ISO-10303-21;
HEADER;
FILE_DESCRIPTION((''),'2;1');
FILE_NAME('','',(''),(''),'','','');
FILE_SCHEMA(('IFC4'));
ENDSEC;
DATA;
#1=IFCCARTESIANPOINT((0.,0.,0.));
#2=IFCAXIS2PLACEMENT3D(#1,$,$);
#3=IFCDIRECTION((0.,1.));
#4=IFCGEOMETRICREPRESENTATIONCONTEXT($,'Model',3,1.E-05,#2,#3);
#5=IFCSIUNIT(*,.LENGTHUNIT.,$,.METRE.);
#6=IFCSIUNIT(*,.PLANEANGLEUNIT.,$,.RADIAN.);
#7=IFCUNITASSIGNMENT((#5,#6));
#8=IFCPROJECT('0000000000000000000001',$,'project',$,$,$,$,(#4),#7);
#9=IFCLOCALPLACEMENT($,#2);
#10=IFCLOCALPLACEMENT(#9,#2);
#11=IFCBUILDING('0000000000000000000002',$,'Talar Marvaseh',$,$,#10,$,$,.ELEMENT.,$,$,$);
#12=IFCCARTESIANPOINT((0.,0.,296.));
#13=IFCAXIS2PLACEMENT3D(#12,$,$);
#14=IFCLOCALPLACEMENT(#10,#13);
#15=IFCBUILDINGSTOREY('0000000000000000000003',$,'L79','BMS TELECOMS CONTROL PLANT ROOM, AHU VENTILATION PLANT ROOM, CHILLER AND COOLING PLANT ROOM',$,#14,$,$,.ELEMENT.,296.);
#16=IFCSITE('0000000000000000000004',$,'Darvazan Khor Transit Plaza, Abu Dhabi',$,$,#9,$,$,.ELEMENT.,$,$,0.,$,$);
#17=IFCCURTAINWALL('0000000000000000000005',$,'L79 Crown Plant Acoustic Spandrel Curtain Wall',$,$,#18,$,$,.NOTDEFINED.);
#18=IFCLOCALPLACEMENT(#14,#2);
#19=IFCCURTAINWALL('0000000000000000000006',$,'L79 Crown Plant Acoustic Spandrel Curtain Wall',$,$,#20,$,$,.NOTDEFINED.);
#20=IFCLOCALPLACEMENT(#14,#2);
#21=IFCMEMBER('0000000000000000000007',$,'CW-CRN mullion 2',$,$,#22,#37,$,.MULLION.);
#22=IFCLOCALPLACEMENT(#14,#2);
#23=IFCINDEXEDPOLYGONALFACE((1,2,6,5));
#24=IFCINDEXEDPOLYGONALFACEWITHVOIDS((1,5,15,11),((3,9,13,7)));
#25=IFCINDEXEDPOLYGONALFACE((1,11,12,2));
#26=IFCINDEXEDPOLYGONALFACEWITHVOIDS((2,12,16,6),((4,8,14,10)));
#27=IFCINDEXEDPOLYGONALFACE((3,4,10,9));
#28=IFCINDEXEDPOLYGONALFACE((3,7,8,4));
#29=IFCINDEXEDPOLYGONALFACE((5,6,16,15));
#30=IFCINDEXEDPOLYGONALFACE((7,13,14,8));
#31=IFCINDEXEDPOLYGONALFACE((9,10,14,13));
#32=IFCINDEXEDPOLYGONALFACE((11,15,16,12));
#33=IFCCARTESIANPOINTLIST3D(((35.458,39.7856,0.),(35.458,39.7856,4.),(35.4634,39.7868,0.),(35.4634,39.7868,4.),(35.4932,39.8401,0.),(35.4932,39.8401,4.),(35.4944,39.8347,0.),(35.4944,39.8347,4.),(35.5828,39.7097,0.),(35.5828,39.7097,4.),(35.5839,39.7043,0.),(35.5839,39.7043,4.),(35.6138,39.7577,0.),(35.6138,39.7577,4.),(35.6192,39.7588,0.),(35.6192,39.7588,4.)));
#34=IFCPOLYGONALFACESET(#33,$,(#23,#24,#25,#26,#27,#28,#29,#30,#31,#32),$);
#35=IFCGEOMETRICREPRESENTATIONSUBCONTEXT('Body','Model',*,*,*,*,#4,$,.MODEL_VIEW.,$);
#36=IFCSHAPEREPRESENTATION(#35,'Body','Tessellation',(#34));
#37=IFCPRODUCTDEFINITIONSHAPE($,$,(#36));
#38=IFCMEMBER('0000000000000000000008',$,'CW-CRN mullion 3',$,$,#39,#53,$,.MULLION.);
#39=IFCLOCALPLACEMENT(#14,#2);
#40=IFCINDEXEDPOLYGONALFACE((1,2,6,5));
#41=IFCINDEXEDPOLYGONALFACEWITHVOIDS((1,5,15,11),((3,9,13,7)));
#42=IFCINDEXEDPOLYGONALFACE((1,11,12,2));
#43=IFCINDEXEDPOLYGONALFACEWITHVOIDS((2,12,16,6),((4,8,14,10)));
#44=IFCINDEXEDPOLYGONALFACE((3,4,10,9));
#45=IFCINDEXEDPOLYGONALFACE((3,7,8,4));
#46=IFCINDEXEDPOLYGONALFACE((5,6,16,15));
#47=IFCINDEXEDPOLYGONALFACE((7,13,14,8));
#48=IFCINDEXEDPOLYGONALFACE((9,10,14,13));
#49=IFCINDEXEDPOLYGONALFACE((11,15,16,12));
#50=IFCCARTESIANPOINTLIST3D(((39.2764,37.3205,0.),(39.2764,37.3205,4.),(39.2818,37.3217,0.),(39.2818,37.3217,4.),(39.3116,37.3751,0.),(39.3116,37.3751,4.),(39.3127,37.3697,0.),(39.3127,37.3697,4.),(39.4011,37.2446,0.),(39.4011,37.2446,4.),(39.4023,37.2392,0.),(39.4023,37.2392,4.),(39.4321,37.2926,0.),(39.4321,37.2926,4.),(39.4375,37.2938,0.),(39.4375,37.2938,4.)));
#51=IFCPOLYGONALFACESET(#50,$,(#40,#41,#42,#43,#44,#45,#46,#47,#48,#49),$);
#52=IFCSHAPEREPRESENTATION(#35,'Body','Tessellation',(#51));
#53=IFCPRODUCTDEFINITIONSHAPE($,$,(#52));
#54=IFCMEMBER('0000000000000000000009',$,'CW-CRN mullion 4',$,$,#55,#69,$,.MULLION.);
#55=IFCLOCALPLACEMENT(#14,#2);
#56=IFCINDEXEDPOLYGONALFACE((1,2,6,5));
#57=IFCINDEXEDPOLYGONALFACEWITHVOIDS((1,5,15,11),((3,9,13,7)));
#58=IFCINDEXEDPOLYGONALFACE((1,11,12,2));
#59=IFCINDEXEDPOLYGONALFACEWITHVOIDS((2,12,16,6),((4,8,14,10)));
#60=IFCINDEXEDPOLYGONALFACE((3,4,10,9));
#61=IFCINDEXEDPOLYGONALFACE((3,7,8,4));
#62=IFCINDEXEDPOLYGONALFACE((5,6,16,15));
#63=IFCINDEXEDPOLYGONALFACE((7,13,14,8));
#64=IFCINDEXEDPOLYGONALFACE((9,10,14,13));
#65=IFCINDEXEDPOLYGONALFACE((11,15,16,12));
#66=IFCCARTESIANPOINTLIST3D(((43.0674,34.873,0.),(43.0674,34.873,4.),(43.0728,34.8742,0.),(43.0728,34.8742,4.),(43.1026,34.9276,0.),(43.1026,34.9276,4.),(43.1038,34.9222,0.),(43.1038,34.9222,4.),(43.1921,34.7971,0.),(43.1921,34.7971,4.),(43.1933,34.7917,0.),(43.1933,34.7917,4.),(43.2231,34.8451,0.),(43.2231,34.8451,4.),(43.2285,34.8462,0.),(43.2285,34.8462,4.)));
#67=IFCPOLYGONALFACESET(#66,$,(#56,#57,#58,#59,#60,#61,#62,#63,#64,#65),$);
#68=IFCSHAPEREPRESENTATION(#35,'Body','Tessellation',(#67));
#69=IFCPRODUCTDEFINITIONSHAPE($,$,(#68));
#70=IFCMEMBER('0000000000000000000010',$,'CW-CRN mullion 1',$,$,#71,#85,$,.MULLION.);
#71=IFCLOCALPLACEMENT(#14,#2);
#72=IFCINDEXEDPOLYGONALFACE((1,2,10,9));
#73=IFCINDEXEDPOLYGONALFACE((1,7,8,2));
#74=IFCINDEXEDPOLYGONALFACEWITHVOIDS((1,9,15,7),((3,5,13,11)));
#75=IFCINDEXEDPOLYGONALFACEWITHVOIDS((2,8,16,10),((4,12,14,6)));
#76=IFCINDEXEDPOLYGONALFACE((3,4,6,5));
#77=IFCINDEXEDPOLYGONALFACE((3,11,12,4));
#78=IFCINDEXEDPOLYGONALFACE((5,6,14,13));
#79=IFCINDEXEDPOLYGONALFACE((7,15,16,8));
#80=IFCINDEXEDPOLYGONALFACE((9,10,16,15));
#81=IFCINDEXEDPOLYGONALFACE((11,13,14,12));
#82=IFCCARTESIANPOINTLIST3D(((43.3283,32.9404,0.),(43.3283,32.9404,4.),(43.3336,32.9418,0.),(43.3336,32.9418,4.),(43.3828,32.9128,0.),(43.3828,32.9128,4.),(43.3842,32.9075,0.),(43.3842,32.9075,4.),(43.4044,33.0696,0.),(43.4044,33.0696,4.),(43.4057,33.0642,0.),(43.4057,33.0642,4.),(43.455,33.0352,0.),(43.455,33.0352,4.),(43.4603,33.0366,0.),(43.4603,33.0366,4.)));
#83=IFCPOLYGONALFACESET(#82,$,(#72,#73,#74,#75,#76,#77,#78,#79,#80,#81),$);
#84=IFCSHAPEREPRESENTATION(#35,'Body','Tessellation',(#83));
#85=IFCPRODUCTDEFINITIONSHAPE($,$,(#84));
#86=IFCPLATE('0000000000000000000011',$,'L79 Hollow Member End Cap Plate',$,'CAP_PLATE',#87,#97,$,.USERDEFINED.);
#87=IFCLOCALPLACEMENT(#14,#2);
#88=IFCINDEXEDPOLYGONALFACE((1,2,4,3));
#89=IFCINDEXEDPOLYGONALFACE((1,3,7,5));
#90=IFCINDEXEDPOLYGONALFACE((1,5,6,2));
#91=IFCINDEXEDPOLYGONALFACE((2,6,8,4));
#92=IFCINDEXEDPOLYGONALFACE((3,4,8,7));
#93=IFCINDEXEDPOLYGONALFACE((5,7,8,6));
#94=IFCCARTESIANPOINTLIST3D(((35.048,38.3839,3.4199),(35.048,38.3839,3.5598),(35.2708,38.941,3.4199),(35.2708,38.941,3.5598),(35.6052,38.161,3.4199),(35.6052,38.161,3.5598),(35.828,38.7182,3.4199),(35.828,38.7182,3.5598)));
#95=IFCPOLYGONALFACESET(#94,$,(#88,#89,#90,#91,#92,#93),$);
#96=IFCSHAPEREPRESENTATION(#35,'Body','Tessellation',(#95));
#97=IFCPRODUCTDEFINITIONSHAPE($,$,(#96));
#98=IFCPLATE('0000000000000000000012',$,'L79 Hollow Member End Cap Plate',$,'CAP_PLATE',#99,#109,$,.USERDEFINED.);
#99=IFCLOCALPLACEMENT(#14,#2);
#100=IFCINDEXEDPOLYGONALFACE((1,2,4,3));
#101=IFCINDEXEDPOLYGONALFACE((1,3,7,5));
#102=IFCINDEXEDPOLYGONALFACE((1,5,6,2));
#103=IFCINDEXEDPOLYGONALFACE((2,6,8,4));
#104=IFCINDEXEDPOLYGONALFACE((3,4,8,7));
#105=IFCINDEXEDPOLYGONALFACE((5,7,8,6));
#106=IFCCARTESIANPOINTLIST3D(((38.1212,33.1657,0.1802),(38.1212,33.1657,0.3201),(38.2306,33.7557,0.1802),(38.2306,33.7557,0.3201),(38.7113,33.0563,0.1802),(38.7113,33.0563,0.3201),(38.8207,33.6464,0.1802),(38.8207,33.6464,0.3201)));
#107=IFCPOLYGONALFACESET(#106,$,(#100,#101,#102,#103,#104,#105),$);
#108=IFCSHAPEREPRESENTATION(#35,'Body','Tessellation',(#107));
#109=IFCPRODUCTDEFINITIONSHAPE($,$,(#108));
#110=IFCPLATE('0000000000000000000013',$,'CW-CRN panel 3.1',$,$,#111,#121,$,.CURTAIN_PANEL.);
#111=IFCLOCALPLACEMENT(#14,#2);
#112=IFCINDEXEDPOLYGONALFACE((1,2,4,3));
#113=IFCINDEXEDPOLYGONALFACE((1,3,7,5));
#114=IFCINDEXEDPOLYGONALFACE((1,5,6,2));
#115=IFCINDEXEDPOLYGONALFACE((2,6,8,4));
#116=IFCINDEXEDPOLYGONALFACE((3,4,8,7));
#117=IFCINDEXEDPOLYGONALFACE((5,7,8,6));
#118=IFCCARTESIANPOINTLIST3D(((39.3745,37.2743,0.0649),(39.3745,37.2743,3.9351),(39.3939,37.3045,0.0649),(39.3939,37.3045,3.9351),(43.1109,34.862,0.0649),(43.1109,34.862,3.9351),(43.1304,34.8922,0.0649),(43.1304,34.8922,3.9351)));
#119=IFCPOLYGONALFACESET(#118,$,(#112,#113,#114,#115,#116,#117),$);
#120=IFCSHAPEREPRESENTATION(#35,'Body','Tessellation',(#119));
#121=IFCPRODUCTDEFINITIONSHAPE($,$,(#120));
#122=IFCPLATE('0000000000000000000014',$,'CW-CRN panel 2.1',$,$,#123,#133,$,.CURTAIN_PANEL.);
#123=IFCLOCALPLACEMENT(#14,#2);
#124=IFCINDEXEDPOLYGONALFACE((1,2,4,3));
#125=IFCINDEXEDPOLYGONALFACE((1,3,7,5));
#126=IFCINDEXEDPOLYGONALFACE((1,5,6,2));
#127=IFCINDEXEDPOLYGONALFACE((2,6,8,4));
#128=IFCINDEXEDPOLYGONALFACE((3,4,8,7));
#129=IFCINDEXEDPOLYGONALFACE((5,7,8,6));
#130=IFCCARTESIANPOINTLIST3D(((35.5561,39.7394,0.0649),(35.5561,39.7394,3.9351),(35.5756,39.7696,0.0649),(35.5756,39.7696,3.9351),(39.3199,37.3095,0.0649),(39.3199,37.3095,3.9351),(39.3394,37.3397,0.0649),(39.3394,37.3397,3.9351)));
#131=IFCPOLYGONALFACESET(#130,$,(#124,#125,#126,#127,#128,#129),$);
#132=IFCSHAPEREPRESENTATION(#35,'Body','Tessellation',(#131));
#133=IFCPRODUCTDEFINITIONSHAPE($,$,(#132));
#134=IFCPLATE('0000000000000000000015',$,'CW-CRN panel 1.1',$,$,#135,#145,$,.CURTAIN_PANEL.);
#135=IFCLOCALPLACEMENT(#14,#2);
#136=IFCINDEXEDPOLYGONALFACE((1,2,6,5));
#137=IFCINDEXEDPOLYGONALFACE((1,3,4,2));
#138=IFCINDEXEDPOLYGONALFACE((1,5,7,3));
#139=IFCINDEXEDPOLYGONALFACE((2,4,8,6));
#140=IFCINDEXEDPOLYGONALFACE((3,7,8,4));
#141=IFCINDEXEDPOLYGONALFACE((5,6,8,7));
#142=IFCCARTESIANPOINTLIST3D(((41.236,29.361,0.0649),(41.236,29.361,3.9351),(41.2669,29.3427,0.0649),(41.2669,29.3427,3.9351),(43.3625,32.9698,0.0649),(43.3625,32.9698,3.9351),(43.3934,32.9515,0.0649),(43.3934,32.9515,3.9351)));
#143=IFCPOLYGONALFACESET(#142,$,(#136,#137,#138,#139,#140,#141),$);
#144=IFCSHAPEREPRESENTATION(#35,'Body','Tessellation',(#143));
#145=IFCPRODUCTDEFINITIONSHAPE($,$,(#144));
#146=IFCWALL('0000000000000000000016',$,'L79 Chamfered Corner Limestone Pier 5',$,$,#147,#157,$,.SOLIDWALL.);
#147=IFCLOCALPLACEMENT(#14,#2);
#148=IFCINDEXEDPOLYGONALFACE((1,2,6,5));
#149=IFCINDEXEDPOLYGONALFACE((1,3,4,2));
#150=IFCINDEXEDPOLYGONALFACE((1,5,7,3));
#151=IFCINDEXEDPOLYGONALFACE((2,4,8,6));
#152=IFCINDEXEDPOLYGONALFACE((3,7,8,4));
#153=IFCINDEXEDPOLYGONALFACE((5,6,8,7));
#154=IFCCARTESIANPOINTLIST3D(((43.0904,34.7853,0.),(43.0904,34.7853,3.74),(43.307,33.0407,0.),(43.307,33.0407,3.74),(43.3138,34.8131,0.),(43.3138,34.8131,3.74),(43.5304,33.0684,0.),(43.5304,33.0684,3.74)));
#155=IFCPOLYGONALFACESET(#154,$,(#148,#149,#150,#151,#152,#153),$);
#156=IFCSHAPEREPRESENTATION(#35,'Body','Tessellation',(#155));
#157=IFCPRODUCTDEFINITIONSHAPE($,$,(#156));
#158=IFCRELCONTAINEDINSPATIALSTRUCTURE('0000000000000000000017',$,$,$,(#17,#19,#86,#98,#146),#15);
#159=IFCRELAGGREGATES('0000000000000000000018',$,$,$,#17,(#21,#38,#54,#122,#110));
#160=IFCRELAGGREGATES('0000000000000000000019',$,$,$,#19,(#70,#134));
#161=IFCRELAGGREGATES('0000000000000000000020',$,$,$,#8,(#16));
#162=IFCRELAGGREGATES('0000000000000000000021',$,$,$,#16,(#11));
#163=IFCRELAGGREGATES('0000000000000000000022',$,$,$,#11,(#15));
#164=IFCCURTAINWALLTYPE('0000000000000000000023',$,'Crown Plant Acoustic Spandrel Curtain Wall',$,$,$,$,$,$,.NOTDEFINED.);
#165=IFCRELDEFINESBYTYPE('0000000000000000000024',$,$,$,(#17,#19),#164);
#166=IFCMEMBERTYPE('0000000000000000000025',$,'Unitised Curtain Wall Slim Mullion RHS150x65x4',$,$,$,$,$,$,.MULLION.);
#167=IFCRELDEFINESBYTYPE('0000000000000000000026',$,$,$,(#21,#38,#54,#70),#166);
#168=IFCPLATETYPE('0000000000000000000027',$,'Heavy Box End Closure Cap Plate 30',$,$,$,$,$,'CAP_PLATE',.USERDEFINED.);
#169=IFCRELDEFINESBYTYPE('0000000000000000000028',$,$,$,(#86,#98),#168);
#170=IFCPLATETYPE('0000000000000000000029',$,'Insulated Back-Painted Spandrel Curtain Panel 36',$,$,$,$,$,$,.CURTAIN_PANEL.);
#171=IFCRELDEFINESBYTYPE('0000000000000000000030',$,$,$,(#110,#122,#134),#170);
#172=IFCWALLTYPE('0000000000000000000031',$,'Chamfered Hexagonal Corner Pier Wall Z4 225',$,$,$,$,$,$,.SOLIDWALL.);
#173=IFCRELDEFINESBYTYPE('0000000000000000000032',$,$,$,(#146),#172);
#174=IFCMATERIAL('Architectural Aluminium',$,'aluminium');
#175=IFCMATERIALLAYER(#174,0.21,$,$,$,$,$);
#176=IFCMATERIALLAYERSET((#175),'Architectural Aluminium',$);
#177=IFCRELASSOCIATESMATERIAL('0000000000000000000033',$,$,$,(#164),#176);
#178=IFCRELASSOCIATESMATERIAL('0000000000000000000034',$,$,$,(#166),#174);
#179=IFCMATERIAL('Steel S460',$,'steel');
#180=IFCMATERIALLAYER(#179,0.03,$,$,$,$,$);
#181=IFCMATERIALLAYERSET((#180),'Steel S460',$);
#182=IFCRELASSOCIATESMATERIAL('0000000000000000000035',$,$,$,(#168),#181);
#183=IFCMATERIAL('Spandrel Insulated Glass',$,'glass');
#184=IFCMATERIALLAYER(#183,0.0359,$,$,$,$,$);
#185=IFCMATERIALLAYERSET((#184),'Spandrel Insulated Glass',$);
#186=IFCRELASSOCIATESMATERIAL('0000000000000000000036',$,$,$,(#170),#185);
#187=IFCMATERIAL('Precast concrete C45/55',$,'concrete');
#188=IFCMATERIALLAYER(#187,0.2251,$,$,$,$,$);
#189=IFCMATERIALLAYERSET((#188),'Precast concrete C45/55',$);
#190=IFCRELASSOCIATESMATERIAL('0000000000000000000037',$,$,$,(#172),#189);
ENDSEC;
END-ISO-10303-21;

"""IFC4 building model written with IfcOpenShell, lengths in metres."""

from ifc_helpers import new_model, si_unit, direction, frame, frame_2d, origin, origin_2d, place, context, subcontext, project, spatial, rectangle, hollow_rectangle, extrude, source, transform, mapped, material, layer, layer_set, material_profile, profile_set, type_object, type_shapes, element, aggregate, save


model = new_model("IFC4")

# Units and contexts
model_context = context("Model", 3, precision=1e-05, world=origin(), true_north=direction((0.0, 1.0)))
body_context = subcontext(model_context, "Body", "Model", "MODEL_VIEW")
ifc_project = project(units=[si_unit("LENGTHUNIT", "METRE"), si_unit("PLANEANGLEUNIT", "RADIAN")], contexts=[model_context])

# Site, building, storey
site_placement = place(None, origin())
site = spatial("IfcSite", under=ifc_project, at=site_placement, Name="Darvazan Khor Transit Plaza, Abu Dhabi", CompositionType="ELEMENT", RefElevation=0.0)
building_placement = place(site_placement, origin())
building = spatial("IfcBuilding", under=site, at=building_placement, Name="Talar Marvaseh", CompositionType="ELEMENT")
storey_placement = place(building_placement, frame((0.0, 0.0, 296.0)))
storey = spatial("IfcBuildingStorey", under=building, at=storey_placement, Name="L79", Description="BMS TELECOMS CONTROL PLANT ROOM, AHU VENTILATION PLANT ROOM, CHILLER AND COOLING PLANT ROOM", CompositionType="ELEMENT", Elevation=296.0)

# Shared definitions
ifc_material_1 = material(Name="Steel S460", Category="steel")

# Curtain walls
ifc_material_2 = material(Name="Architectural Aluminium", Category="aluminium")
ifc_layer_1 = layer(ifc_material_2, 0.21)
ifc_layer_set_1 = layer_set([ifc_layer_1], Name="Architectural Aluminium")
curtain_wall_type = type_object("IfcCurtainWallType", Name="Crown Plant Acoustic Spandrel Curtain Wall", PredefinedType="NOTDEFINED", material=ifc_layer_set_1)
curtain_wall_1_placement = place(storey_placement, origin())
curtain_wall_1 = element("IfcCurtainWall", 1, at=curtain_wall_1_placement, inside=storey, type_object=curtain_wall_type, Name="L79 Crown Plant Acoustic Spandrel Curtain Wall", PredefinedType="NOTDEFINED")
curtain_wall_2_placement = place(storey_placement, origin())
curtain_wall_2 = element("IfcCurtainWall", 2, at=curtain_wall_2_placement, inside=storey, type_object=curtain_wall_type, Name="L79 Crown Plant Acoustic Spandrel Curtain Wall", PredefinedType="NOTDEFINED")

# Members
ifc_material_profile_1 = material_profile(ifc_material_2, hollow_rectangle(XDim=0.0649, YDim=0.1499, WallThickness=0.0039, at=origin_2d()), Name="RHS150x65x4")
ifc_profile_set_1 = profile_set([ifc_material_profile_1], Name="Architectural Aluminium")
member_type_1 = type_object("IfcMemberType", Name="Unitised Curtain Wall Slim Mullion RHS150x65x4", PredefinedType="MULLION", material=ifc_profile_set_1)
shared_shape_1 = source(origin(), body_context, "Body", "SweptSolid", [
    extrude(hollow_rectangle(XDim=0.0649, YDim=0.1499, WallThickness=0.0039, at=origin_2d()), origin(), (0.0, 0.0, 1.0), 4.0),
])
type_shapes(member_type_1, [shared_shape_1])
member_1_placement = place(storey_placement, frame((35.5386, 39.7722, 0.0), z_axis=(0.0, 0.0, 1.0), x_axis=(0.542388, 0.840128, 0.0)))
member_1 = element("IfcMember", 3, at=member_1_placement, type_object=member_type_1, Name="CW-CRN mullion 2", PredefinedType="MULLION", context=body_context, shape_type="MappedRepresentation", body=[
    mapped(shared_shape_1, transform((0.0, 0.0, 0.0), x_axis=(1.0, 0.0, 0.0), y_axis=(0.0, 1.0, 0.0), z_axis=(0.0, 0.0, 1.0), scale=1.0)),
])
member_2_placement = place(storey_placement, frame((39.3569, 37.3071, 0.0), z_axis=(0.0, 0.0, 1.0), x_axis=(0.542388, 0.840128, 0.0)))
member_2 = element("IfcMember", 4, at=member_2_placement, type_object=member_type_1, Name="CW-CRN mullion 3", PredefinedType="MULLION", context=body_context, shape_type="MappedRepresentation", body=[
    mapped(shared_shape_1, transform((0.0, 0.0, 0.0), x_axis=(1.0, 0.0, 0.0), y_axis=(0.0, 1.0, 0.0), z_axis=(0.0, 0.0, 1.0), scale=1.0)),
])
member_3_placement = place(storey_placement, frame((43.1479, 34.8596, 0.0), z_axis=(0.0, 0.0, 1.0), x_axis=(0.542388, 0.840128, 0.0)))
member_3 = element("IfcMember", 5, at=member_3_placement, type_object=member_type_1, Name="CW-CRN mullion 4", PredefinedType="MULLION", context=body_context, shape_type="MappedRepresentation", body=[
    mapped(shared_shape_1, transform((0.0, 0.0, 0.0), x_axis=(1.0, 0.0, 0.0), y_axis=(0.0, 1.0, 0.0), z_axis=(0.0, 0.0, 1.0), scale=1.0)),
])
member_4_placement = place(storey_placement, frame((43.3943, 32.9885, 0.0), z_axis=(0.0, 0.0, 1.0), x_axis=(0.861551, -0.507672, 0.0)))
member_4 = element("IfcMember", 6, at=member_4_placement, type_object=member_type_1, Name="CW-CRN mullion 1", PredefinedType="MULLION", context=body_context, shape_type="MappedRepresentation", body=[
    mapped(shared_shape_1, transform((0.0, 0.0, 0.0), x_axis=(1.0, 0.0, 0.0), y_axis=(0.0, 1.0, 0.0), z_axis=(0.0, 0.0, 1.0), scale=1.0)),
])

# Plates
ifc_layer_2 = layer(ifc_material_1, 0.03)
ifc_layer_set_2 = layer_set([ifc_layer_2], Name="Steel S460")
plate_type_1 = type_object("IfcPlateType", Name="Heavy Box End Closure Cap Plate 30", ElementType="CAP_PLATE", PredefinedType="USERDEFINED", material=ifc_layer_set_2)
shared_shape_2 = source(origin(), body_context, "Body", "SweptSolid", [
    extrude(rectangle(XDim=0.6001, YDim=0.6001, at=origin_2d()), origin(), (0.0, 0.0, 1.0), 0.1399),
])
type_shapes(plate_type_1, [shared_shape_2])
for number, where, z_axis, x_axis, name in (
    (7, (35.438, 38.551, 3.4199), (0.0, 0.0, 1.0), (0.928486, -0.371368, 0.0), "L79 Hollow Member End Cap Plate"),
    (8, (38.4709, 33.406, 0.1802), (0.0, 0.0, 1.0), (-0.182236, -0.983255, 0.0), "L79 Hollow Member End Cap Plate"),
):
    element("IfcPlate", number, at=place(storey_placement, frame(where, z_axis=z_axis, x_axis=x_axis)), inside=storey, type_object=plate_type_1, Name=name, ObjectType="CAP_PLATE", PredefinedType="USERDEFINED", context=body_context, shape_type="MappedRepresentation", body=[
        mapped(shared_shape_2, transform((0.0, 0.0, 0.0), x_axis=(1.0, 0.0, 0.0), y_axis=(0.0, 1.0, 0.0), z_axis=(0.0, 0.0, 1.0), scale=1.0)),
    ])

# Plates
ifc_material_3 = material(Name="Spandrel Insulated Glass", Category="glass")
ifc_layer_3 = layer(ifc_material_3, 0.0359)
ifc_layer_set_3 = layer_set([ifc_layer_3], Name="Spandrel Insulated Glass")
plate_type_2 = type_object("IfcPlateType", Name="Insulated Back-Painted Spandrel Curtain Panel 36", PredefinedType="CURTAIN_PANEL", material=ifc_layer_set_3)
shared_shape_3 = source(origin(), body_context, "Body", "SweptSolid", [
    extrude(rectangle(XDim=4.4475, YDim=0.0359, at=origin_2d()), origin(), (0.0, 0.0, 1.0), 3.8701),
])
plate_1_placement = place(storey_placement, frame((41.2524, 36.0833, 0.0649), z_axis=(0.0, 0.0, 1.0), x_axis=(0.840128, -0.542388, 0.0)))
plate_1 = element("IfcPlate", 9, at=plate_1_placement, type_object=plate_type_2, Name="CW-CRN panel 3.1", PredefinedType="CURTAIN_PANEL", context=body_context, shape_type="MappedRepresentation", body=[
    mapped(shared_shape_3, transform((0.0, 0.0, 0.0), x_axis=(1.0, 0.0, 0.0), y_axis=(0.0, 1.0, 0.0), z_axis=(0.0, 0.0, 1.0), scale=1.0)),
])
shared_shape_4 = source(origin(), body_context, "Body", "SweptSolid", [
    extrude(rectangle(XDim=4.48, YDim=0.0359, at=origin_2d()), origin(), (0.0, 0.0, 1.0), 3.8701),
])
plate_2_placement = place(storey_placement, frame((37.4478, 38.5396, 0.0649), z_axis=(0.0, 0.0, 1.0), x_axis=(0.840128, -0.542388, 0.0)))
plate_2 = element("IfcPlate", 10, at=plate_2_placement, type_object=plate_type_2, Name="CW-CRN panel 2.1", PredefinedType="CURTAIN_PANEL", context=body_context, shape_type="MappedRepresentation", body=[
    mapped(shared_shape_4, transform((0.0, 0.0, 0.0), x_axis=(1.0, 0.0, 0.0), y_axis=(0.0, 1.0, 0.0), z_axis=(0.0, 0.0, 1.0), scale=1.0)),
])
aggregate(curtain_wall_1, [member_1, member_2, member_3, plate_2, plate_1])
shared_shape_5 = source(origin(), body_context, "Body", "SweptSolid", [
    extrude(rectangle(XDim=4.1887, YDim=0.0359, at=origin_2d()), origin(), (0.0, 0.0, 1.0), 3.8701),
])
type_shapes(plate_type_2, [shared_shape_3, shared_shape_4, shared_shape_5])
plate_3_placement = place(storey_placement, frame((42.3147, 31.1562, 0.0649), z_axis=(0.0, 0.0, 1.0), x_axis=(-0.507672, -0.861551, 0.0)))
plate_3 = element("IfcPlate", 11, at=plate_3_placement, type_object=plate_type_2, Name="CW-CRN panel 1.1", PredefinedType="CURTAIN_PANEL", context=body_context, shape_type="MappedRepresentation", body=[
    mapped(shared_shape_5, transform((0.0, 0.0, 0.0), x_axis=(1.0, 0.0, 0.0), y_axis=(0.0, 1.0, 0.0), z_axis=(0.0, 0.0, 1.0), scale=1.0)),
])
aggregate(curtain_wall_2, [member_4, plate_3])

# Wall
ifc_material_4 = material(Name="Precast concrete C45/55", Category="concrete")
ifc_layer_4 = layer(ifc_material_4, 0.2251)
ifc_layer_set_4 = layer_set([ifc_layer_4], Name="Precast concrete C45/55")
wall_type_1 = type_object("IfcWallType", Name="Chamfered Hexagonal Corner Pier Wall Z4 225", PredefinedType="SOLIDWALL", material=ifc_layer_set_4)
wall_1_placement = place(storey_placement, frame((43.2021, 34.7991, 0.0), z_axis=(0.0, 0.0, 1.0), x_axis=(0.12318, -0.992384, 0.0)))
element("IfcWall", 12, at=wall_1_placement, inside=storey, type_object=wall_type_1, Name="L79 Chamfered Corner Limestone Pier 5", PredefinedType="SOLIDWALL", context=body_context, shape_type="SweptSolid", body=[
    extrude(rectangle(XDim=1.7581, YDim=0.2251, at=frame_2d((0.8789, 0.0))), origin(), (0.0, 0.0, 1.0), 3.74),
])

save(model, "model.ifc")
